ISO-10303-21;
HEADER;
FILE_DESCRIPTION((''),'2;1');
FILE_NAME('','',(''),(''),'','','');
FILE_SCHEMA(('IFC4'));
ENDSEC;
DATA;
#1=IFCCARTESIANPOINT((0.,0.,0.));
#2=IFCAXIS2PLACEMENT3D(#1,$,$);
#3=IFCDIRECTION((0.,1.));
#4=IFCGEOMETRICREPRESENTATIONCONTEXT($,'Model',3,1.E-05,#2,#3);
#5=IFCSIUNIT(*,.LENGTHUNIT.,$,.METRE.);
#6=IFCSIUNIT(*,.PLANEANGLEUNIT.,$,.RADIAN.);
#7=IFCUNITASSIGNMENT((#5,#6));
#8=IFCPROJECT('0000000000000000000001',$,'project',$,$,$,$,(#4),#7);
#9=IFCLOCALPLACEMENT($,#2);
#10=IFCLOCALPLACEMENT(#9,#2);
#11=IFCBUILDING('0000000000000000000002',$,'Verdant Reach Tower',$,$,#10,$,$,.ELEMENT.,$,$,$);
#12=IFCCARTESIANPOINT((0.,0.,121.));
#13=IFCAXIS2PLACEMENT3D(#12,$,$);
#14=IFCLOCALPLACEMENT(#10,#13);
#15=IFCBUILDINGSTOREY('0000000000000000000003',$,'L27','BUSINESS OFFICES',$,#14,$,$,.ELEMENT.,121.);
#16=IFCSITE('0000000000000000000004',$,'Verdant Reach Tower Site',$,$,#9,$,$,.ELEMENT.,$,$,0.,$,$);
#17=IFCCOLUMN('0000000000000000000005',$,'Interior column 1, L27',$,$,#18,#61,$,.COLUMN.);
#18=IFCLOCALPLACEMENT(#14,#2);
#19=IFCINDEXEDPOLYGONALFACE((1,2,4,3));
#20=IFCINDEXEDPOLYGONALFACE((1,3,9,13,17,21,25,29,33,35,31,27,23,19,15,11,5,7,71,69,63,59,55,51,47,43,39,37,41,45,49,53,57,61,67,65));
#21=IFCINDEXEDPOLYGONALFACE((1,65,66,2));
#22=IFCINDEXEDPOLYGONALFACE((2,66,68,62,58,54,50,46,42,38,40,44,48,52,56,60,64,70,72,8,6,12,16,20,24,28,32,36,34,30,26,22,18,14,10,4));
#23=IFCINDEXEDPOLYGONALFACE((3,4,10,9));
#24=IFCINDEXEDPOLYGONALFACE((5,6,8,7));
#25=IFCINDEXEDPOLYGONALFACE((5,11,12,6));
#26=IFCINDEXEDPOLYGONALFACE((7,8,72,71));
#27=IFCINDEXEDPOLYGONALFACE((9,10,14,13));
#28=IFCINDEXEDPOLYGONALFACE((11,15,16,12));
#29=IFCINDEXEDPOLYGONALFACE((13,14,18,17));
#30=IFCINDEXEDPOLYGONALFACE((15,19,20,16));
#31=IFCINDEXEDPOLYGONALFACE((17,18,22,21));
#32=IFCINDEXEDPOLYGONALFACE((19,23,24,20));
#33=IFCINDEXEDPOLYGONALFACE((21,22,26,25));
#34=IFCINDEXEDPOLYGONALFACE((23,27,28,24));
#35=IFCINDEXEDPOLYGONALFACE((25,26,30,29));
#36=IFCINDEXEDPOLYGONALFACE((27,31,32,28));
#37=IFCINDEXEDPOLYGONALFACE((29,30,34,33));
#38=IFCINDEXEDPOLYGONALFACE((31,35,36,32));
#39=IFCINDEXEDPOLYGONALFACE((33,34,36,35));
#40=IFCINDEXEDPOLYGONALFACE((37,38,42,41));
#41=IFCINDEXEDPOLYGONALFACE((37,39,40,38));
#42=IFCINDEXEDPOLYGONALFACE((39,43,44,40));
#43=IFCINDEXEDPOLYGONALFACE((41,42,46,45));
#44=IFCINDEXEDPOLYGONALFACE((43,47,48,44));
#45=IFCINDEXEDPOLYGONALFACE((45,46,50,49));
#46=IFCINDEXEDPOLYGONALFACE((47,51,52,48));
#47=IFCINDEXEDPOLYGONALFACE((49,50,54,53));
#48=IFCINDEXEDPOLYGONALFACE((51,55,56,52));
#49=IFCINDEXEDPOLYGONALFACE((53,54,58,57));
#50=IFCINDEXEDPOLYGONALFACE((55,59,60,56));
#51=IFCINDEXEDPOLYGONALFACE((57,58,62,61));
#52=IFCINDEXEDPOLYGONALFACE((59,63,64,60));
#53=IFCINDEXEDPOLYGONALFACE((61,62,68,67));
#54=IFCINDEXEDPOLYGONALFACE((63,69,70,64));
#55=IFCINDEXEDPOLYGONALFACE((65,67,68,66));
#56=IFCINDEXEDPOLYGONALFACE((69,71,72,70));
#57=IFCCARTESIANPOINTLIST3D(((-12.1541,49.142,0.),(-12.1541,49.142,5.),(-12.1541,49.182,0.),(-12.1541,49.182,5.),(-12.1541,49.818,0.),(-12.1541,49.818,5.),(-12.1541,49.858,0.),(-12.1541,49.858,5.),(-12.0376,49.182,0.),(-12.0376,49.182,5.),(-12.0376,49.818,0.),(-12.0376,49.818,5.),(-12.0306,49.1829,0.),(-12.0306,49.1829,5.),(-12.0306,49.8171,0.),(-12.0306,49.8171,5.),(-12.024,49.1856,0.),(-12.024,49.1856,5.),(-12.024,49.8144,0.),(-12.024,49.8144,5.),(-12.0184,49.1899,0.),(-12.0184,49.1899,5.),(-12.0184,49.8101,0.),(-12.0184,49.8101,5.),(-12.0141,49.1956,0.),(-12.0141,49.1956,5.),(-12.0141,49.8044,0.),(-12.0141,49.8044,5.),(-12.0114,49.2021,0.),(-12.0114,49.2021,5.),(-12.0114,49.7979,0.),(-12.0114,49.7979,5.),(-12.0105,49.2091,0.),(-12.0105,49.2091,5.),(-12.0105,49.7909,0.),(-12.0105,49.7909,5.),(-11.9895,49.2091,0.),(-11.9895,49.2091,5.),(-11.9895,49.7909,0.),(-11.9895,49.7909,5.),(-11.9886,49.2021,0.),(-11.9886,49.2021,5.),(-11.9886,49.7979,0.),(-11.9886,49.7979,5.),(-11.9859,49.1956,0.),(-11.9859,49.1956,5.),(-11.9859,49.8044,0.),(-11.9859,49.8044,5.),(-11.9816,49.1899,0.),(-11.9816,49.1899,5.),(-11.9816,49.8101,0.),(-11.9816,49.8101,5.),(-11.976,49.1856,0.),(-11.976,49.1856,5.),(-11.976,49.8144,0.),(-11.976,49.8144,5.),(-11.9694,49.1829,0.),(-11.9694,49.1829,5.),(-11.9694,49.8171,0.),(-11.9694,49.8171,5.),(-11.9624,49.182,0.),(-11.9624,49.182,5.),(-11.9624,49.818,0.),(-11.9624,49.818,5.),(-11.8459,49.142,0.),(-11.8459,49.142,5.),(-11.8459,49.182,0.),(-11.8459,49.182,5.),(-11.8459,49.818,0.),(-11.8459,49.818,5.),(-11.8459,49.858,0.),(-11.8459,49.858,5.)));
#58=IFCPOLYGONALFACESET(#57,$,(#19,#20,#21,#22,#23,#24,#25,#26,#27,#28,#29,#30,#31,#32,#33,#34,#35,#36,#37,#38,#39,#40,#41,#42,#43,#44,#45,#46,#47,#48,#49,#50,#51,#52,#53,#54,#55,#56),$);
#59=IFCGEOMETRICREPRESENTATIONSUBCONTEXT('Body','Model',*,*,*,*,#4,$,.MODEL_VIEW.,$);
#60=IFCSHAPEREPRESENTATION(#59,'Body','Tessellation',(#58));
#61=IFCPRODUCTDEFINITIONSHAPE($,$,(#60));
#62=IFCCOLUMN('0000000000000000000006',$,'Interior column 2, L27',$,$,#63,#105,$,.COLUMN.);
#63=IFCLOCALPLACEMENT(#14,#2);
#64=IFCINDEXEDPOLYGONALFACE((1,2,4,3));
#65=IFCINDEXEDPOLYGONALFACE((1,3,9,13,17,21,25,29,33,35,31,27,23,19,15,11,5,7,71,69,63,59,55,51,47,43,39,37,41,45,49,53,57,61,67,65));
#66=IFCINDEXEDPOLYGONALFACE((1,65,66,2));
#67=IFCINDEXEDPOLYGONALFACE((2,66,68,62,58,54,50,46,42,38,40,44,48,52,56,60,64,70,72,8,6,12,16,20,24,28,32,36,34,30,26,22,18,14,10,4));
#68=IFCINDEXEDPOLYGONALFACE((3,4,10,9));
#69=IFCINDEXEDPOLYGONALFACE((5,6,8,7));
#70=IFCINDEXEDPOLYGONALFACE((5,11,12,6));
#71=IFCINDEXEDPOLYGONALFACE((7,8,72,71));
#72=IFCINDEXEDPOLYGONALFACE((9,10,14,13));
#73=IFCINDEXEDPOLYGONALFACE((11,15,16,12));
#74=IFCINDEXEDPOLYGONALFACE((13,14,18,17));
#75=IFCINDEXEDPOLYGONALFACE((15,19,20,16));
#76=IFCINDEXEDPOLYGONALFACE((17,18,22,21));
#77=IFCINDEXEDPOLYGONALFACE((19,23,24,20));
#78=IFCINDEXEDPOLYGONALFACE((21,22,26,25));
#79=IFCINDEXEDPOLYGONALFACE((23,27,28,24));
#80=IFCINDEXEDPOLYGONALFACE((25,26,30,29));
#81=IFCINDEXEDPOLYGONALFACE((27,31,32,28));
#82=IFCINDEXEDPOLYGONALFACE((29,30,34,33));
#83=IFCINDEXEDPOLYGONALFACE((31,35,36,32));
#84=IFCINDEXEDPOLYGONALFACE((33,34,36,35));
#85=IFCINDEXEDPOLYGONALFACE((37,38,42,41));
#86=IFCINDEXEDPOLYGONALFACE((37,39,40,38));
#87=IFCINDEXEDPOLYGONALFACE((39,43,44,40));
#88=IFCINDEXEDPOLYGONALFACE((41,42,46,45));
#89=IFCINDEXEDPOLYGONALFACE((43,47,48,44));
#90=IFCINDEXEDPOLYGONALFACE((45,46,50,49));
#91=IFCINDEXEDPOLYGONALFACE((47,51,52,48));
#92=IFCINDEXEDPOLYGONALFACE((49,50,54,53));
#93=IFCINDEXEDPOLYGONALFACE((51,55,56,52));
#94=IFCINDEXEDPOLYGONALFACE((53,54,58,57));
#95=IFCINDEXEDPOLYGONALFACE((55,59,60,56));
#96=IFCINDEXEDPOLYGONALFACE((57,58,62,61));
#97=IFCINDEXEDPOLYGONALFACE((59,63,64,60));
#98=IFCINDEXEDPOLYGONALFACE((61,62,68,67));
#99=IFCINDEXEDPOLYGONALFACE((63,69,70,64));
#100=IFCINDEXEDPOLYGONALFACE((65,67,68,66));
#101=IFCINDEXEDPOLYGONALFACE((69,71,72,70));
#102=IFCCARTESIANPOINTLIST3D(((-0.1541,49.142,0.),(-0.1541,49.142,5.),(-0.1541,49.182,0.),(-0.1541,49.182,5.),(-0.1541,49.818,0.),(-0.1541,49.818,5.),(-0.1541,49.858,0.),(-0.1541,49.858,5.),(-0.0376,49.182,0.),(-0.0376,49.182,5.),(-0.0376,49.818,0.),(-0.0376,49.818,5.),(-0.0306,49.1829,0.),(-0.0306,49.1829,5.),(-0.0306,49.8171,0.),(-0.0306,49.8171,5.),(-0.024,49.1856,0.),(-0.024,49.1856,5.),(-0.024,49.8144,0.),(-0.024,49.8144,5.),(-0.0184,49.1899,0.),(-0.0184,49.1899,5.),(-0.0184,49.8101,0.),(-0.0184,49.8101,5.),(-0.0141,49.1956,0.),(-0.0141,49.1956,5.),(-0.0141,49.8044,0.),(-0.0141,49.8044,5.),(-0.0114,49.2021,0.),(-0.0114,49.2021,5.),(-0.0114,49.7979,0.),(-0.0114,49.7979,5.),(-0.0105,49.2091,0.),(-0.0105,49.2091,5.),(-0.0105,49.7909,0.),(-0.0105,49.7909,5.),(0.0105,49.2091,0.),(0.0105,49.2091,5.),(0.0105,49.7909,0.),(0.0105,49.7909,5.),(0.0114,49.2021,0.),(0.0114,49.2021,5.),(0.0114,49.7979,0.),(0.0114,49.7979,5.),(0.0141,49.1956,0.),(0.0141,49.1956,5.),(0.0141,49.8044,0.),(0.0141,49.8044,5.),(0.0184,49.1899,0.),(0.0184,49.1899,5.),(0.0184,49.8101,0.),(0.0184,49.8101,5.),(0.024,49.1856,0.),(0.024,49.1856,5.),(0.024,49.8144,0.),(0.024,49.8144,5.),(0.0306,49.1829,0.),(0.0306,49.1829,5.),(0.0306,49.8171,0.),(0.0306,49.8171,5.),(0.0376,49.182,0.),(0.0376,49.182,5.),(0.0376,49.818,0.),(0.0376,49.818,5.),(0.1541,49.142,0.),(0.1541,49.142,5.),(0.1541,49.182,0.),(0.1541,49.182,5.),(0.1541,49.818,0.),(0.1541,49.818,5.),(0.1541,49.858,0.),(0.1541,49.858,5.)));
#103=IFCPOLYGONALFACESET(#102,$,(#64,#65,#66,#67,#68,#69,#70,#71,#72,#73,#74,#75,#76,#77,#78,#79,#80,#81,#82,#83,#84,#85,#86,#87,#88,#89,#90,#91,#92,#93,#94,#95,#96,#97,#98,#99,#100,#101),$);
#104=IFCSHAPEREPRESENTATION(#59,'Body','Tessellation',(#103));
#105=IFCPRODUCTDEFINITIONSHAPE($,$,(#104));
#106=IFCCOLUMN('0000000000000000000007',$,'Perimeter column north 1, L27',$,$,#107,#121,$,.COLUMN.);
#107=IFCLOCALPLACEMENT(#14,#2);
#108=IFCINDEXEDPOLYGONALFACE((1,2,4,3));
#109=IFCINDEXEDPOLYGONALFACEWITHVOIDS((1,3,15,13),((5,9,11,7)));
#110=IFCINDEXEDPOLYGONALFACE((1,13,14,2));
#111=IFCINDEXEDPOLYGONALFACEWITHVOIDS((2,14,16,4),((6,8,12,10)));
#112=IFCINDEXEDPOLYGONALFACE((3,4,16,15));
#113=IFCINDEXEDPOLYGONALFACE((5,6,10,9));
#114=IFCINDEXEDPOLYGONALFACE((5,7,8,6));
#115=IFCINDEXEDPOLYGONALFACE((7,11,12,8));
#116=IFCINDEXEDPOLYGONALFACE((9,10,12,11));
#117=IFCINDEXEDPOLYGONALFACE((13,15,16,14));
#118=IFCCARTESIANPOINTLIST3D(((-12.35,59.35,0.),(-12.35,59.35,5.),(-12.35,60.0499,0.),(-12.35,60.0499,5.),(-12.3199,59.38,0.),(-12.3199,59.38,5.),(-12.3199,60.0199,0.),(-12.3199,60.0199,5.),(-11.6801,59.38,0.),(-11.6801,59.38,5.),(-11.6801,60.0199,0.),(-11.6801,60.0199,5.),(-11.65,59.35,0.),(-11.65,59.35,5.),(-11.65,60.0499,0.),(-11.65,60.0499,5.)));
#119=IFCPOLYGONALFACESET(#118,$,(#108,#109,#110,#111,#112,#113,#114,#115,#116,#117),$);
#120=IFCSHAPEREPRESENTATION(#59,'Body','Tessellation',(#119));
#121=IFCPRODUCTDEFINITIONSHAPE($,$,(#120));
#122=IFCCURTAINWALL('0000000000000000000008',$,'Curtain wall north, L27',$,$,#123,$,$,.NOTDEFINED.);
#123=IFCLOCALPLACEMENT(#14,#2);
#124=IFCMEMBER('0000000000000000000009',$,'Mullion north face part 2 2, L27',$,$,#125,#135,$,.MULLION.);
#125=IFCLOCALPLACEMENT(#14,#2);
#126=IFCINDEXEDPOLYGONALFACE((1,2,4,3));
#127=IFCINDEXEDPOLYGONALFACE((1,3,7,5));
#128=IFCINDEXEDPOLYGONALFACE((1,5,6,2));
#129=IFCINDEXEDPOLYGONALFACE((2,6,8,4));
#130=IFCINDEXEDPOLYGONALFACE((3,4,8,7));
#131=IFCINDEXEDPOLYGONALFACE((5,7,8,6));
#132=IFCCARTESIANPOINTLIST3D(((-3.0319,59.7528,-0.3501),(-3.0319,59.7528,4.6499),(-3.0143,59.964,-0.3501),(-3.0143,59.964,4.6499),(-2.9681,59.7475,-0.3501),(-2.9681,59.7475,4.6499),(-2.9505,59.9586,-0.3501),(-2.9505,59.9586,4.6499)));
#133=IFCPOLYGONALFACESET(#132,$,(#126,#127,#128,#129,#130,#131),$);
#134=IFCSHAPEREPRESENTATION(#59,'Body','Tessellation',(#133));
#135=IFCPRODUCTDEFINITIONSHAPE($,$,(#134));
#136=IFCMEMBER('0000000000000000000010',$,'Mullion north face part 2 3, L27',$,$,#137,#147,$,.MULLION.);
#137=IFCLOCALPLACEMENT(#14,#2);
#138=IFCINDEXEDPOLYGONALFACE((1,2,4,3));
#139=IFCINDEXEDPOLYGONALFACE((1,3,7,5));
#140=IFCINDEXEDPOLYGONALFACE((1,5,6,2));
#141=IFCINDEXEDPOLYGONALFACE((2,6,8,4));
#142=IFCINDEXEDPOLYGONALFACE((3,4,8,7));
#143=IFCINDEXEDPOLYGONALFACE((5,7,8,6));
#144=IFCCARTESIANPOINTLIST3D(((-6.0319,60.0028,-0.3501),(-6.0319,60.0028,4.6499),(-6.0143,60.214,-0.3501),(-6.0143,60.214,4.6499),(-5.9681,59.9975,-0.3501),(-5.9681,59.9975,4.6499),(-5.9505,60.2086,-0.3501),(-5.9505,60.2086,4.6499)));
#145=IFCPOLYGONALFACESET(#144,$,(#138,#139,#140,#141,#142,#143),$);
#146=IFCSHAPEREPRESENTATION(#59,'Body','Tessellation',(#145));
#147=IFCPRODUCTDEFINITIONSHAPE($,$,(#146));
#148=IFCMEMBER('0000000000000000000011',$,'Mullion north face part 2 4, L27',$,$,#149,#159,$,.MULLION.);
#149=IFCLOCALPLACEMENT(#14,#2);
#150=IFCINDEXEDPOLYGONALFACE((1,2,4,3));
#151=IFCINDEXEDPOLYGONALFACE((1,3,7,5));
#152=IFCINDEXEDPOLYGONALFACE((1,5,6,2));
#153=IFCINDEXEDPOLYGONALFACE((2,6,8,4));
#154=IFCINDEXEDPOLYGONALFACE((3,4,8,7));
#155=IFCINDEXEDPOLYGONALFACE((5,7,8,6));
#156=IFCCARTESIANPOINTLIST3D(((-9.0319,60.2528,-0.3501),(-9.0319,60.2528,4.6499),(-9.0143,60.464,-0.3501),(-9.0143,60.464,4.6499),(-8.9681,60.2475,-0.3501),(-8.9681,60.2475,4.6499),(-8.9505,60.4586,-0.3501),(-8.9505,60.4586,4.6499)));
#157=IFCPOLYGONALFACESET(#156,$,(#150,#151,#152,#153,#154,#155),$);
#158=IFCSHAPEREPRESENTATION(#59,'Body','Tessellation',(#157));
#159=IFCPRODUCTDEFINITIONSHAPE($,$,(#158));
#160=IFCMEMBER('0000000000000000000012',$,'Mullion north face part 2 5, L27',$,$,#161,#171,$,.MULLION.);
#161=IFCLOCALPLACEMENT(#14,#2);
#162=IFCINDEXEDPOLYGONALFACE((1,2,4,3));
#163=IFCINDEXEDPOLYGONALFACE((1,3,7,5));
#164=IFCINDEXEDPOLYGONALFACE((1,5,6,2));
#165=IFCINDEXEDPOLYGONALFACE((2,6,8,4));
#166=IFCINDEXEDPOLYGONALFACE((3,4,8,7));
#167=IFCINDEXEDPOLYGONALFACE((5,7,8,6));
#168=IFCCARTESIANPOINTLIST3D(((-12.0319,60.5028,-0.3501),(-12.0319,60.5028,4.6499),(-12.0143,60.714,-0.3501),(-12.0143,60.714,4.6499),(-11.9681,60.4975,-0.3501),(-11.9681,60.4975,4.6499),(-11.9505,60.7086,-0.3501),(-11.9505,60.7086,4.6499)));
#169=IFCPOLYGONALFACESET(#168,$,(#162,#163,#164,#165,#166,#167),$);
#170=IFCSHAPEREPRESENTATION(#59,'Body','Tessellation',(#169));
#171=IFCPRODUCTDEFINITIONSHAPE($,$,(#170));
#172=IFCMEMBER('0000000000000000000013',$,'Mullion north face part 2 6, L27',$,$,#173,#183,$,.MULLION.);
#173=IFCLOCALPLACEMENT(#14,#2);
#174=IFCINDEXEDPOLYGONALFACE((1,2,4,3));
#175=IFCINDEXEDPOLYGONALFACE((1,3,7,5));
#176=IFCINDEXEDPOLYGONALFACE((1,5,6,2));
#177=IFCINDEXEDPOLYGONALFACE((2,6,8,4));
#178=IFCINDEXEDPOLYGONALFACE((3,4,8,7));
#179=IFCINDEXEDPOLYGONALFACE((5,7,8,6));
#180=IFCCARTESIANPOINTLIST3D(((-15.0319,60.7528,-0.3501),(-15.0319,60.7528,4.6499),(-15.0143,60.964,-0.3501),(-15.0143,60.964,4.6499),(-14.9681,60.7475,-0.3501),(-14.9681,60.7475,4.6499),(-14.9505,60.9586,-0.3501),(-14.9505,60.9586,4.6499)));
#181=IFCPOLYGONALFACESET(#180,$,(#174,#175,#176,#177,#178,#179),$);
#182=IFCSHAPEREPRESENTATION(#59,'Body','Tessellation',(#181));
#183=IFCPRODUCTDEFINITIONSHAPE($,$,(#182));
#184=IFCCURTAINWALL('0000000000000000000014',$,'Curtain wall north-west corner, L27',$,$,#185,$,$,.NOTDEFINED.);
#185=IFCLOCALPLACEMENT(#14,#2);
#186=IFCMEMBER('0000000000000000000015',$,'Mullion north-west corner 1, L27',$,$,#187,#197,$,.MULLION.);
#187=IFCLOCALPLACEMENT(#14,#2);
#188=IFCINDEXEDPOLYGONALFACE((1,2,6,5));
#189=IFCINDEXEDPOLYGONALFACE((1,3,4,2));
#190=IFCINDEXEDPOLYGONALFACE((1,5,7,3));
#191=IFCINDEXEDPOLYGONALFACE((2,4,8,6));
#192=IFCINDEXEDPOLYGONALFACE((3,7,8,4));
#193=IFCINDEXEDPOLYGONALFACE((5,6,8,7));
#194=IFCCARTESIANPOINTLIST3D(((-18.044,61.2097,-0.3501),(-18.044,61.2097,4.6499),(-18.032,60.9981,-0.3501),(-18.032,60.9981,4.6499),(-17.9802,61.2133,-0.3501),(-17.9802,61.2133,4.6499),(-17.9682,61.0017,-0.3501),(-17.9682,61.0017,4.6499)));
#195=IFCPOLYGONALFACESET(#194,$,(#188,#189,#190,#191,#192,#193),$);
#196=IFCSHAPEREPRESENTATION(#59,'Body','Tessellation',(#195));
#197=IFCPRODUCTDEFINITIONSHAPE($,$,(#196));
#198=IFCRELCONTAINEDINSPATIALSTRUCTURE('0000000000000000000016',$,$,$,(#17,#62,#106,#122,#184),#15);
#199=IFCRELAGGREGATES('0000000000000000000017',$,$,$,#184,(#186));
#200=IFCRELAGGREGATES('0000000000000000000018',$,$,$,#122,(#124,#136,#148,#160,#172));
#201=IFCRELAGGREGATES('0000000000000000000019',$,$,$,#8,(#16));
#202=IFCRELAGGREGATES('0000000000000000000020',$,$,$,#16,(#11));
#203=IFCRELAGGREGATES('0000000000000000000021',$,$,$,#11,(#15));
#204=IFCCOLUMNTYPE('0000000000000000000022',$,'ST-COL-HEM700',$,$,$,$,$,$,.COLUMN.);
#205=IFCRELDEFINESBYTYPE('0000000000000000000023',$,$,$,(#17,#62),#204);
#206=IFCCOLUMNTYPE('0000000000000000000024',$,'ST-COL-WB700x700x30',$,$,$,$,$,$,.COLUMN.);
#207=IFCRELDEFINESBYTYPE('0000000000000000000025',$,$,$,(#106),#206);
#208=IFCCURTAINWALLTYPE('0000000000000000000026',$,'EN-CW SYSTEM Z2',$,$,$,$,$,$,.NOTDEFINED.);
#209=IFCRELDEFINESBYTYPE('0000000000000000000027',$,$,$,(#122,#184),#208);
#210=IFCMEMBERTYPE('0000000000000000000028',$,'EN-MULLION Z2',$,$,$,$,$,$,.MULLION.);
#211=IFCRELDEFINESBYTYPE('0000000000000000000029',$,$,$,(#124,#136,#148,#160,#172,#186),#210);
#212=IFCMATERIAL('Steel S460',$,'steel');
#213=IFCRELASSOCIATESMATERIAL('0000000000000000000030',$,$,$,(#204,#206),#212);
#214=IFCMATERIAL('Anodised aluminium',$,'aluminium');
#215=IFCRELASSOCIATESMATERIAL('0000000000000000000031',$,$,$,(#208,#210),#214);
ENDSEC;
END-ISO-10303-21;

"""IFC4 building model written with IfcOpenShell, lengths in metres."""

from ifc_helpers import new_model, si_unit, direction, frame, origin, origin_2d, place, context, subcontext, project, spatial, rectangle, hollow_rectangle, i_section, extrude, material, material_profile, profile_set, type_object, element, aggregate, save


model = new_model("IFC4")

# Units and contexts
model_context = context("Model", 3, precision=1e-05, world=origin(), true_north=direction((0.0, 1.0)))
body_context = subcontext(model_context, "Body", "Model", "MODEL_VIEW")
ifc_project = project(units=[si_unit("LENGTHUNIT", "METRE"), si_unit("PLANEANGLEUNIT", "RADIAN")], contexts=[model_context])

# Site, building, storey
site_placement = place(None, origin())
site = spatial("IfcSite", under=ifc_project, at=site_placement, Name="Verdant Reach Tower Site", CompositionType="ELEMENT", RefElevation=0.0)
building_placement = place(site_placement, origin())
building = spatial("IfcBuilding", under=site, at=building_placement, Name="Verdant Reach Tower", CompositionType="ELEMENT")
storey_placement = place(building_placement, frame((0.0, 0.0, 121.0)))
storey = spatial("IfcBuildingStorey", under=building, at=storey_placement, Name="L27", Description="BUSINESS OFFICES", CompositionType="ELEMENT", Elevation=121.0)

# Columns
ifc_material_1 = material(Name="Steel S460", Category="steel")
ifc_material_profile_1 = material_profile(ifc_material_1, i_section(OverallWidth=0.3081, OverallDepth=0.7161, WebThickness=0.021, FlangeThickness=0.04, FilletRadius=0.0271, at=origin_2d()), Name="HEM 700")
ifc_profile_set_1 = profile_set([ifc_material_profile_1], Name="Steel S460")
column_type_1 = type_object("IfcColumnType", Name="ST-COL-HEM700", PredefinedType="COLUMN", material=ifc_profile_set_1)
for number, where, z_axis, x_axis, name in (
    (1, (-12.0, 49.5, 0.0), (0.0, 0.0, 1.0), (1.0, 0.0, 0.0), "Interior column 1, L27"),
    (2, (0.0, 49.5, 0.0), (0.0, 0.0, 1.0), (1.0, 0.0, 0.0), "Interior column 2, L27"),
):
    element("IfcColumn", number, at=place(storey_placement, frame(where, z_axis=z_axis, x_axis=x_axis)), inside=storey, type_object=column_type_1, Name=name, PredefinedType="COLUMN", context=body_context, shape_type="SweptSolid", body=[
        extrude(i_section(OverallWidth=0.3081, OverallDepth=0.7161, WebThickness=0.021, FlangeThickness=0.04, FilletRadius=0.0271, at=origin_2d()), origin(), (0.0, 0.0, 1.0), 5.0),
    ])
ifc_material_profile_2 = material_profile(ifc_material_1, hollow_rectangle(XDim=0.7, YDim=0.7, WallThickness=0.03, at=origin_2d()), Name="WB 700x700x30")
ifc_profile_set_2 = profile_set([ifc_material_profile_2], Name="Steel S460")
column_type_2 = type_object("IfcColumnType", Name="ST-COL-WB700x700x30", PredefinedType="COLUMN", material=ifc_profile_set_2)
column_placement = place(storey_placement, frame((-12.0, 59.7, 0.0), z_axis=(0.0, 0.0, 1.0), x_axis=(1.0, 0.0, 0.0)))
element("IfcColumn", 3, at=column_placement, inside=storey, type_object=column_type_2, Name="Perimeter column north 1, L27", PredefinedType="COLUMN", context=body_context, shape_type="SweptSolid", body=[
    extrude(hollow_rectangle(XDim=0.7, YDim=0.7, WallThickness=0.03, at=origin_2d()), origin(), (0.0, 0.0, 1.0), 5.0),
])

# Curtain wall, members
ifc_material_2 = material(Name="Anodised aluminium", Category="aluminium")
curtain_wall_type = type_object("IfcCurtainWallType", Name="EN-CW SYSTEM Z2", PredefinedType="NOTDEFINED", material=ifc_material_2)
curtain_wall_1_placement = place(storey_placement, origin())
curtain_wall_1 = element("IfcCurtainWall", 4, at=curtain_wall_1_placement, inside=storey, type_object=curtain_wall_type, Name="Curtain wall north, L27", PredefinedType="NOTDEFINED")
ifc_material_profile_3 = material_profile(ifc_material_2, rectangle(XDim=0.2119, YDim=0.064, at=origin_2d()), Name="Mullion 64x212")
ifc_profile_set_3 = profile_set([ifc_material_profile_3], Name="Anodised aluminium")
member_type_1 = type_object("IfcMemberType", Name="EN-MULLION Z2", PredefinedType="MULLION", material=ifc_profile_set_3)
member_1_placement = place(storey_placement, frame((-2.9912, 59.8557, -0.3501), z_axis=(0.0, 0.0, 1.0), x_axis=(0.083045, 0.996546, 0.0)))
member_1 = element("IfcMember", 5, at=member_1_placement, type_object=member_type_1, Name="Mullion north face part 2 2, L27", PredefinedType="MULLION", context=body_context, shape_type="SweptSolid", body=[
    extrude(rectangle(XDim=0.2119, YDim=0.064, at=origin_2d()), origin(), (0.0, 0.0, 1.0), 5.0),
])
member_2_placement = place(storey_placement, frame((-5.9912, 60.1057, -0.3501), z_axis=(0.0, 0.0, 1.0), x_axis=(0.083045, 0.996546, 0.0)))
member_2 = element("IfcMember", 6, at=member_2_placement, type_object=member_type_1, Name="Mullion north face part 2 3, L27", PredefinedType="MULLION", context=body_context, shape_type="SweptSolid", body=[
    extrude(rectangle(XDim=0.2119, YDim=0.064, at=origin_2d()), origin(), (0.0, 0.0, 1.0), 5.0),
])
member_3_placement = place(storey_placement, frame((-8.9912, 60.3557, -0.3501), z_axis=(0.0, 0.0, 1.0), x_axis=(0.083045, 0.996546, 0.0)))
member_3 = element("IfcMember", 7, at=member_3_placement, type_object=member_type_1, Name="Mullion north face part 2 4, L27", PredefinedType="MULLION", context=body_context, shape_type="SweptSolid", body=[
    extrude(rectangle(XDim=0.2119, YDim=0.064, at=origin_2d()), origin(), (0.0, 0.0, 1.0), 5.0),
])
member_4_placement = place(storey_placement, frame((-11.9912, 60.6057, -0.3501), z_axis=(0.0, 0.0, 1.0), x_axis=(0.083045, 0.996546, 0.0)))
member_4 = element("IfcMember", 8, at=member_4_placement, type_object=member_type_1, Name="Mullion north face part 2 5, L27", PredefinedType="MULLION", context=body_context, shape_type="SweptSolid", body=[
    extrude(rectangle(XDim=0.2119, YDim=0.064, at=origin_2d()), origin(), (0.0, 0.0, 1.0), 5.0),
])
member_5_placement = place(storey_placement, frame((-14.9912, 60.8557, -0.3501), z_axis=(0.0, 0.0, 1.0), x_axis=(0.083045, 0.996546, 0.0)))
member_5 = element("IfcMember", 9, at=member_5_placement, type_object=member_type_1, Name="Mullion north face part 2 6, L27", PredefinedType="MULLION", context=body_context, shape_type="SweptSolid", body=[
    extrude(rectangle(XDim=0.2119, YDim=0.064, at=origin_2d()), origin(), (0.0, 0.0, 1.0), 5.0),
])

# Curtain wall, member
curtain_wall_2_placement = place(storey_placement, origin())
curtain_wall_2 = element("IfcCurtainWall", 10, at=curtain_wall_2_placement, inside=storey, type_object=curtain_wall_type, Name="Curtain wall north-west corner, L27", PredefinedType="NOTDEFINED")
member_6_placement = place(storey_placement, frame((-18.0061, 61.1057, -0.3501), z_axis=(0.0, 0.0, 1.0), x_axis=(-0.056569, 0.998399, 0.0)))
member_6 = element("IfcMember", 11, at=member_6_placement, type_object=member_type_1, Name="Mullion north-west corner 1, L27", PredefinedType="MULLION", context=body_context, shape_type="SweptSolid", body=[
    extrude(rectangle(XDim=0.2119, YDim=0.064, at=origin_2d()), origin(), (0.0, 0.0, 1.0), 5.0),
])
aggregate(curtain_wall_2, [member_6])

aggregate(curtain_wall_1, [member_1, member_2, member_3, member_4, member_5])

save(model, "model.ifc")
